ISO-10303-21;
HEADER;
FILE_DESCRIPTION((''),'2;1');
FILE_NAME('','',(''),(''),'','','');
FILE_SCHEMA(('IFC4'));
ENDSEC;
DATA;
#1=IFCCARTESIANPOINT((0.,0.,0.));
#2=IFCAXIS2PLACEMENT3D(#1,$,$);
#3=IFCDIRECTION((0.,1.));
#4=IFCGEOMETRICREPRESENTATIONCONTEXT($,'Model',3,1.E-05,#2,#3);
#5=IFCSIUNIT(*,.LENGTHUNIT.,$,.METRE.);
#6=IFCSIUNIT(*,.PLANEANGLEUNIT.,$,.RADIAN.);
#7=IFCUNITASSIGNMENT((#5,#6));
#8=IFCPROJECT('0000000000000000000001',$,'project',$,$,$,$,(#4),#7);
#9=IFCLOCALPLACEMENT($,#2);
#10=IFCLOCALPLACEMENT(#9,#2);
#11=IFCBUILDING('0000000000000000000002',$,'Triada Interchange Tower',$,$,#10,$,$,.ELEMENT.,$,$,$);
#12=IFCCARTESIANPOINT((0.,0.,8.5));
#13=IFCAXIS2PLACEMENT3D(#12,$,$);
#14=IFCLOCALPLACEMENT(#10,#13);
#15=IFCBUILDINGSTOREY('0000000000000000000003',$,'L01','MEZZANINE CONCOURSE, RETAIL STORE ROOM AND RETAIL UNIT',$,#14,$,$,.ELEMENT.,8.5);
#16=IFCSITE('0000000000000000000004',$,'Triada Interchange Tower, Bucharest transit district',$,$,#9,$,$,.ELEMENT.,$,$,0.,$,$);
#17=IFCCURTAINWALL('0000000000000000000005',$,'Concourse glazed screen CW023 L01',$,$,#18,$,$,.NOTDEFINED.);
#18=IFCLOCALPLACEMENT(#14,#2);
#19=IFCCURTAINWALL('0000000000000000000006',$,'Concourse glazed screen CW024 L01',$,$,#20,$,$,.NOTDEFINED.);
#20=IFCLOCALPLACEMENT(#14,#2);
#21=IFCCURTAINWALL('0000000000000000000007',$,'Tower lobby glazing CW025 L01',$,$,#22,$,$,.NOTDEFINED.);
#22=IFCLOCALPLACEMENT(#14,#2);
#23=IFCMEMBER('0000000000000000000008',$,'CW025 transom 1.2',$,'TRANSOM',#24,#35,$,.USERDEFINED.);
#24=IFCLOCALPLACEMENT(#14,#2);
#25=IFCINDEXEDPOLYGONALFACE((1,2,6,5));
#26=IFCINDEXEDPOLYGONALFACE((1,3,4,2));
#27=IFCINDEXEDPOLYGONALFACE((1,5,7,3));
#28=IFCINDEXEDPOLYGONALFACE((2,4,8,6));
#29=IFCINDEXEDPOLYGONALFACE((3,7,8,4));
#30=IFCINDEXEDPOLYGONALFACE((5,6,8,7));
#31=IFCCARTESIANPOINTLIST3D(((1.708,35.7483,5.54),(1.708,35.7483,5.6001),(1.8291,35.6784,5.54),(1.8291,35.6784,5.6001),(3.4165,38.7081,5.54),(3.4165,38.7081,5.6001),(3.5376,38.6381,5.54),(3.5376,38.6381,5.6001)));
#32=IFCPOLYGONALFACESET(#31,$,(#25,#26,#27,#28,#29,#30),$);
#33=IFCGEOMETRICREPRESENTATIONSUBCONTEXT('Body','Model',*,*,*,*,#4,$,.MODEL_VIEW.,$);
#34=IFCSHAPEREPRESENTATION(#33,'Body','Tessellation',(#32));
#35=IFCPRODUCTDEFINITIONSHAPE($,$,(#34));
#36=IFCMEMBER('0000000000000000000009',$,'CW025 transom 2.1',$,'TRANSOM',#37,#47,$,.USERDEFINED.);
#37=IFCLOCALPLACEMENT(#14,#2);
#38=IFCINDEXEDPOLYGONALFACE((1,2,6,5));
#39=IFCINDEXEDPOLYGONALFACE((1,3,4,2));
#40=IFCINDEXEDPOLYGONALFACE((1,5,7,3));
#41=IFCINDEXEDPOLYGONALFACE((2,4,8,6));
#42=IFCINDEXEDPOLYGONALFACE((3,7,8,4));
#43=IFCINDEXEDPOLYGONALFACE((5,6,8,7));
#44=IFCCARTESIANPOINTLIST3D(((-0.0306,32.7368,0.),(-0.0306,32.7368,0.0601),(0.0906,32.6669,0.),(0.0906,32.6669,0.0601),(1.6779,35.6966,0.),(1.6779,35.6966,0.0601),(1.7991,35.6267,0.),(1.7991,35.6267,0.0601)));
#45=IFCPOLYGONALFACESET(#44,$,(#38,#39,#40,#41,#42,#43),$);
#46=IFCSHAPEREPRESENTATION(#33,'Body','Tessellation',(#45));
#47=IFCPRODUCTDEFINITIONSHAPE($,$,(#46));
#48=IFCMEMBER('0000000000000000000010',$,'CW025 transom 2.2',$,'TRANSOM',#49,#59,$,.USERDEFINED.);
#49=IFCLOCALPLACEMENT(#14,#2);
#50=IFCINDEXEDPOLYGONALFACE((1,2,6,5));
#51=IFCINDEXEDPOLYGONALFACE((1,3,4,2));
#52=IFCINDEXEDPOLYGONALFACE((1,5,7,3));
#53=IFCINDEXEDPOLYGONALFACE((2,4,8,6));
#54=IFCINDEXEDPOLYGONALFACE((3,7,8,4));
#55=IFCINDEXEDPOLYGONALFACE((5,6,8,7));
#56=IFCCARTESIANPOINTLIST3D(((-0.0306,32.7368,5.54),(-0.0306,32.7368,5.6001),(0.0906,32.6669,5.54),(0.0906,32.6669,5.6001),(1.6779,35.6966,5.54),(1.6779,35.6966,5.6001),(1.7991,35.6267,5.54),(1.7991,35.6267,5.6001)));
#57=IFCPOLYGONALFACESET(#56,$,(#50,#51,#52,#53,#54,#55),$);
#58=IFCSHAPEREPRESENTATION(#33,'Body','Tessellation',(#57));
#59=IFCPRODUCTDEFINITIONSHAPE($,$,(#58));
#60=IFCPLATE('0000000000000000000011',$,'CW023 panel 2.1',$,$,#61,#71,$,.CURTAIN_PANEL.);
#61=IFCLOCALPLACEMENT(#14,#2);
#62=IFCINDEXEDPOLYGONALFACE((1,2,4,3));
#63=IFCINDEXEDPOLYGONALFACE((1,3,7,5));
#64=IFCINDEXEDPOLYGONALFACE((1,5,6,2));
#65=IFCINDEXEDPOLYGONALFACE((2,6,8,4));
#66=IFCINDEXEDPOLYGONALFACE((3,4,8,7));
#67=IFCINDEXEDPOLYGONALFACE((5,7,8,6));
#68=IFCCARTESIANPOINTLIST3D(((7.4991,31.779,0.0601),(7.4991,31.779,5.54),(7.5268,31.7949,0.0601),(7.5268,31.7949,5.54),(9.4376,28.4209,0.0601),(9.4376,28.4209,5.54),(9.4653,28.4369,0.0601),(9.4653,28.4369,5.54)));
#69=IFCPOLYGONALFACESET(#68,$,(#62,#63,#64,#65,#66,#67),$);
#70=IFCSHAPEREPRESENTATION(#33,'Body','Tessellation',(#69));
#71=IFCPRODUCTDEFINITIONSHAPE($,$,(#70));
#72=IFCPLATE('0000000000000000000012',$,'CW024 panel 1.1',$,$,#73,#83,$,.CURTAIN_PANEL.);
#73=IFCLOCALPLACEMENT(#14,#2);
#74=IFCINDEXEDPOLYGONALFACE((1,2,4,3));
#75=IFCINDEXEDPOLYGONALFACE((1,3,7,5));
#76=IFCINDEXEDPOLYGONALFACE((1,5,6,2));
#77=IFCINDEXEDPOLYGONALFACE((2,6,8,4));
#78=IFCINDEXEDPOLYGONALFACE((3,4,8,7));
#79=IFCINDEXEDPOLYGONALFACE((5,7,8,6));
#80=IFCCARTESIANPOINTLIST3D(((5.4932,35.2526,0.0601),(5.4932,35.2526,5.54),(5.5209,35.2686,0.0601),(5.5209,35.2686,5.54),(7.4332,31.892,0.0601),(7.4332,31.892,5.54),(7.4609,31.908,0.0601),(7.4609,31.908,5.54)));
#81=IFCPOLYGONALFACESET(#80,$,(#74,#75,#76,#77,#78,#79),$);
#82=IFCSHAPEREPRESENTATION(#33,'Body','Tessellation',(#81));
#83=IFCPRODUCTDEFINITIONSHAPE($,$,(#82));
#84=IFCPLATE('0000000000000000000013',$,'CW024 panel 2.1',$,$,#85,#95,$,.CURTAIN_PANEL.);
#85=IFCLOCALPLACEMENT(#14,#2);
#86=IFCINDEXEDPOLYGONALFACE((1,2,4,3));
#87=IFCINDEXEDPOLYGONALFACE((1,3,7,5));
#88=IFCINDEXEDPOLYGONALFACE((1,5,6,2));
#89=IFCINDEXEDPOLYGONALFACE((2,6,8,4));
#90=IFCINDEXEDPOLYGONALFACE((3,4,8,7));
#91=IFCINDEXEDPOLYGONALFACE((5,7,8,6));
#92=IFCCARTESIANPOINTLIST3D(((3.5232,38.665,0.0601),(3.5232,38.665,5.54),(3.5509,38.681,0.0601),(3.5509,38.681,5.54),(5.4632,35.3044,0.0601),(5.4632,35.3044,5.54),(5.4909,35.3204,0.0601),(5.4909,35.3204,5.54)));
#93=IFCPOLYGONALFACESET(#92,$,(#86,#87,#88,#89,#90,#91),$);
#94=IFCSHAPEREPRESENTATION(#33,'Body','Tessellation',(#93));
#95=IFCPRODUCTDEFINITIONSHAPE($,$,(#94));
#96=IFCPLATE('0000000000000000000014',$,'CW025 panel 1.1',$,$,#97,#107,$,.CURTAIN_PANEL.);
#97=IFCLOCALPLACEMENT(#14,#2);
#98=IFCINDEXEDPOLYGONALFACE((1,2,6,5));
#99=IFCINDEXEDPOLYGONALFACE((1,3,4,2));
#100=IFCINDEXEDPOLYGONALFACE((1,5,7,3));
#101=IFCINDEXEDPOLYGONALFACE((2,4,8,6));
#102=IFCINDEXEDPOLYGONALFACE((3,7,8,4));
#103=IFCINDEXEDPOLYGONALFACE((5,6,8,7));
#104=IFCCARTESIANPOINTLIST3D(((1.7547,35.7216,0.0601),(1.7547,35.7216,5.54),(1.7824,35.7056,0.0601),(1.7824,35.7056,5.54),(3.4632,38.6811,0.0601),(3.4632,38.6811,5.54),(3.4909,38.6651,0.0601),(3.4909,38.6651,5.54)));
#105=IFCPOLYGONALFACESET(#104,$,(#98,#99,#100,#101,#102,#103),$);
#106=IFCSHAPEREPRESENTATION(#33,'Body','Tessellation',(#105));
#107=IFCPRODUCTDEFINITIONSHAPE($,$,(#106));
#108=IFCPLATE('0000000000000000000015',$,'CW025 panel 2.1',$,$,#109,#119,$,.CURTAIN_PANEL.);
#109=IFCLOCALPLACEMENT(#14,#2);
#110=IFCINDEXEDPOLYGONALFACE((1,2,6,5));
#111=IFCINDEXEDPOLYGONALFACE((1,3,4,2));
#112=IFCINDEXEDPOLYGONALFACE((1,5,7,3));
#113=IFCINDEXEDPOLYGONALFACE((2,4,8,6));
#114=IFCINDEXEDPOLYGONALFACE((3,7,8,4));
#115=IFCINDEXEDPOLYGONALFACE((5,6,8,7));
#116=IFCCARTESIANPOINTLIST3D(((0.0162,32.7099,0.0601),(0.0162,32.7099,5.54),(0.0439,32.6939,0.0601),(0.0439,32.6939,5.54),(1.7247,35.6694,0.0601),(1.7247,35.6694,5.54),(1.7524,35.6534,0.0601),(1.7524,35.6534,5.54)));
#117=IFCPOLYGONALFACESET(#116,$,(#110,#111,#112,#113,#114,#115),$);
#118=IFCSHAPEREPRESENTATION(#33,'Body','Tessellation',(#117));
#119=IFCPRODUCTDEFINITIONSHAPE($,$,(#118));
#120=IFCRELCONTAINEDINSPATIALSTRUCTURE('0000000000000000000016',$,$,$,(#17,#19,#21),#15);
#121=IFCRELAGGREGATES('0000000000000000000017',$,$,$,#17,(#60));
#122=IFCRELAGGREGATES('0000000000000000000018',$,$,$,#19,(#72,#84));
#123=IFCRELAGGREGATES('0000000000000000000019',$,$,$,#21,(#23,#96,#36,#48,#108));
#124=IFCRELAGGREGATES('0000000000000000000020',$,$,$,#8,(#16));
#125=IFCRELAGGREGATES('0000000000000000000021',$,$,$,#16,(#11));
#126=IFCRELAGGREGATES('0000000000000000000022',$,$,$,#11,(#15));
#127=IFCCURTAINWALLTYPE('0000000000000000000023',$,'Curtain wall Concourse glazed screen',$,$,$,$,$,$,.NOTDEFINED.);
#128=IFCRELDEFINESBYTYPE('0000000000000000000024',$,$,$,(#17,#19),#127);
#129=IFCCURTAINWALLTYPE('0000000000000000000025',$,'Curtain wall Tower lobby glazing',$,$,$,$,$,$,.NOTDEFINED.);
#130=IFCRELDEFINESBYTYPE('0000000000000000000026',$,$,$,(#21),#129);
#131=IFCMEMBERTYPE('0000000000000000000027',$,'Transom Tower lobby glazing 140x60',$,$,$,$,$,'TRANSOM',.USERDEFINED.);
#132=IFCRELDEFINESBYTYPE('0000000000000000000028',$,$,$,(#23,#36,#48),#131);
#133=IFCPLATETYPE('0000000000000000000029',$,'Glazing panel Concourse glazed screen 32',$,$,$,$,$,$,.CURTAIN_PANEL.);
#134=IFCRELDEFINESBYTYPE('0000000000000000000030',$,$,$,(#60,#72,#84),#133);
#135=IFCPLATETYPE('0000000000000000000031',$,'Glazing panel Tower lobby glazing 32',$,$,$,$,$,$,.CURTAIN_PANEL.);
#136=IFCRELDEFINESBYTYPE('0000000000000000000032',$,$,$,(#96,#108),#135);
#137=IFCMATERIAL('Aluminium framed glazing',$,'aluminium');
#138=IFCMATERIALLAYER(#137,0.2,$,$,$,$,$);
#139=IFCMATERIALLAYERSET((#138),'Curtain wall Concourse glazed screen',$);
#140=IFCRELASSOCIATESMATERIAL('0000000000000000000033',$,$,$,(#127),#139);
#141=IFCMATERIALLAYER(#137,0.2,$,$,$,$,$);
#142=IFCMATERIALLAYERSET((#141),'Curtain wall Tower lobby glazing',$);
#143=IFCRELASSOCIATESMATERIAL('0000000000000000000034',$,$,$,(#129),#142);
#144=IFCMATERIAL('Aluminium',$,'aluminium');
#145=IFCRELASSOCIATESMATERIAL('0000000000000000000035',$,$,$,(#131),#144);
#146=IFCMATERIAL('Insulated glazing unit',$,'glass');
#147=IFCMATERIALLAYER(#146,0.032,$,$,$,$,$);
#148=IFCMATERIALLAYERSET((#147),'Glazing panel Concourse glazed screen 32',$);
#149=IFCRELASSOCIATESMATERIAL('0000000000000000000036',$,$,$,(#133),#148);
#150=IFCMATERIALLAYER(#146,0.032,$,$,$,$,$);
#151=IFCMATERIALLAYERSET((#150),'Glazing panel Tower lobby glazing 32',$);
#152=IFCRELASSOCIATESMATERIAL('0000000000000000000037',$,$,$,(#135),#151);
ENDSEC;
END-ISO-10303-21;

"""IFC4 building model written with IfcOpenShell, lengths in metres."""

from ifc_helpers import new_model, si_unit, direction, frame, origin, origin_2d, place, context, subcontext, project, spatial, rectangle, extrude, material, layer, layer_set, material_profile, profile_set, type_object, element, aggregate, save


model = new_model("IFC4")

# Units and contexts
model_context = context("Model", 3, precision=1e-05, world=origin(), true_north=direction((0.0, 1.0)))
body_context = subcontext(model_context, "Body", "Model", "MODEL_VIEW")
ifc_project = project(units=[si_unit("LENGTHUNIT", "METRE"), si_unit("PLANEANGLEUNIT", "RADIAN")], contexts=[model_context])

# Site, building, storey
site_placement = place(None, origin())
site = spatial("IfcSite", under=ifc_project, at=site_placement, Name="Triada Interchange Tower, Bucharest transit district", CompositionType="ELEMENT", RefElevation=0.0)
building_placement = place(site_placement, origin())
building = spatial("IfcBuilding", under=site, at=building_placement, Name="Triada Interchange Tower", CompositionType="ELEMENT")
storey_placement = place(building_placement, frame((0.0, 0.0, 8.5)))
storey = spatial("IfcBuildingStorey", under=building, at=storey_placement, Name="L01", Description="MEZZANINE CONCOURSE, RETAIL STORE ROOM AND RETAIL UNIT", CompositionType="ELEMENT", Elevation=8.5)

# Curtain wall
ifc_material_1 = material(Name="Aluminium framed glazing", Category="aluminium")
ifc_layer_1 = layer(ifc_material_1, 0.2)
ifc_layer_set_1 = layer_set([ifc_layer_1], Name="Curtain wall Concourse glazed screen")
curtain_wall_type_1 = type_object("IfcCurtainWallType", Name="Curtain wall Concourse glazed screen", PredefinedType="NOTDEFINED", material=ifc_layer_set_1)
curtain_wall_1_placement = place(storey_placement, origin())
curtain_wall_1 = element("IfcCurtainWall", 1, at=curtain_wall_1_placement, inside=storey, type_object=curtain_wall_type_1, Name="Concourse glazed screen CW023 L01", PredefinedType="NOTDEFINED")
ifc_material_2 = material(Name="Aluminium", Category="aluminium")

# Curtain walls
curtain_wall_2_placement = place(storey_placement, origin())
curtain_wall_2 = element("IfcCurtainWall", 2, at=curtain_wall_2_placement, inside=storey, type_object=curtain_wall_type_1, Name="Concourse glazed screen CW024 L01", PredefinedType="NOTDEFINED")
ifc_layer_2 = layer(ifc_material_1, 0.2)
ifc_layer_set_2 = layer_set([ifc_layer_2], Name="Curtain wall Tower lobby glazing")
curtain_wall_type_2 = type_object("IfcCurtainWallType", Name="Curtain wall Tower lobby glazing", PredefinedType="NOTDEFINED", material=ifc_layer_set_2)
curtain_wall_3_placement = place(storey_placement, origin())
curtain_wall_3 = element("IfcCurtainWall", 3, at=curtain_wall_3_placement, inside=storey, type_object=curtain_wall_type_2, Name="Tower lobby glazing CW025 L01", PredefinedType="NOTDEFINED")

# Members
ifc_material_profile_1 = material_profile(ifc_material_2, rectangle(XDim=0.1399, YDim=0.0601, at=origin_2d()), Name="Aluminium transom")
ifc_profile_set_1 = profile_set([ifc_material_profile_1], Name="Aluminium")
member_type_1 = type_object("IfcMemberType", Name="Transom Tower lobby glazing 140x60", ElementType="TRANSOM", PredefinedType="USERDEFINED", material=ifc_profile_set_1)
member_1_placement = place(storey_placement, frame((3.4771, 38.6731, 5.5701), z_axis=(-0.499935, -0.866063, 0.0), x_axis=(0.866063, -0.499935, 0.0)))
member_1 = element("IfcMember", 4, at=member_1_placement, type_object=member_type_1, Name="CW025 transom 1.2", ObjectType="TRANSOM", PredefinedType="USERDEFINED", context=body_context, shape_type="SweptSolid", body=[
    extrude(rectangle(XDim=0.1399, YDim=0.0601, at=origin_2d()), origin(), (0.0, 0.0, 1.0), 3.4175),
])
member_2_placement = place(storey_placement, frame((1.7385, 35.6616, 0.03), z_axis=(-0.499935, -0.866063, 0.0), x_axis=(0.866063, -0.499935, 0.0)))
member_2 = element("IfcMember", 5, at=member_2_placement, type_object=member_type_1, Name="CW025 transom 2.1", ObjectType="TRANSOM", PredefinedType="USERDEFINED", context=body_context, shape_type="SweptSolid", body=[
    extrude(rectangle(XDim=0.1399, YDim=0.0601, at=origin_2d()), origin(), (0.0, 0.0, 1.0), 3.4175),
])
member_3_placement = place(storey_placement, frame((1.7385, 35.6616, 5.5701), z_axis=(-0.499935, -0.866063, 0.0), x_axis=(0.866063, -0.499935, 0.0)))
member_3 = element("IfcMember", 6, at=member_3_placement, type_object=member_type_1, Name="CW025 transom 2.2", ObjectType="TRANSOM", PredefinedType="USERDEFINED", context=body_context, shape_type="SweptSolid", body=[
    extrude(rectangle(XDim=0.1399, YDim=0.0601, at=origin_2d()), origin(), (0.0, 0.0, 1.0), 3.4175),
])

# Plates
ifc_material_3 = material(Name="Insulated glazing unit", Category="glass")
ifc_layer_3 = layer(ifc_material_3, 0.032)
ifc_layer_set_3 = layer_set([ifc_layer_3], Name="Glazing panel Concourse glazed screen 32")
plate_type_1 = type_object("IfcPlateType", Name="Glazing panel Concourse glazed screen 32", PredefinedType="CURTAIN_PANEL", material=ifc_layer_set_3)
plate_1_placement = place(storey_placement, frame((8.4822, 30.1079, 0.0601), z_axis=(0.0, 0.0, 1.0), x_axis=(-0.499948, 0.866055, 0.0)))
plate_1 = element("IfcPlate", 7, at=plate_1_placement, type_object=plate_type_1, Name="CW023 panel 2.1", PredefinedType="CURTAIN_PANEL", context=body_context, shape_type="SweptSolid", body=[
    extrude(rectangle(XDim=3.8774, YDim=0.032, at=origin_2d()), origin(), (0.0, 0.0, 1.0), 5.48),
])
aggregate(curtain_wall_1, [plate_1])
plate_2_placement = place(storey_placement, frame((6.4771, 33.5803, 0.0601), z_axis=(0.0, 0.0, 1.0), x_axis=(-0.499959, 0.866049, 0.0)))
plate_2 = element("IfcPlate", 8, at=plate_2_placement, type_object=plate_type_1, Name="CW024 panel 1.1", PredefinedType="CURTAIN_PANEL", context=body_context, shape_type="SweptSolid", body=[
    extrude(rectangle(XDim=3.8804, YDim=0.032, at=origin_2d()), origin(), (0.0, 0.0, 1.0), 5.48),
])
plate_3_placement = place(storey_placement, frame((4.5071, 36.9927, 0.0601), z_axis=(0.0, 0.0, 1.0), x_axis=(-0.499959, 0.866049, 0.0)))
plate_3 = element("IfcPlate", 9, at=plate_3_placement, type_object=plate_type_1, Name="CW024 panel 2.1", PredefinedType="CURTAIN_PANEL", context=body_context, shape_type="SweptSolid", body=[
    extrude(rectangle(XDim=3.8804, YDim=0.032, at=origin_2d()), origin(), (0.0, 0.0, 1.0), 5.48),
])
aggregate(curtain_wall_2, [plate_2, plate_3])
ifc_layer_4 = layer(ifc_material_3, 0.032)
ifc_layer_set_4 = layer_set([ifc_layer_4], Name="Glazing panel Tower lobby glazing 32")
plate_type_2 = type_object("IfcPlateType", Name="Glazing panel Tower lobby glazing 32", PredefinedType="CURTAIN_PANEL", material=ifc_layer_set_4)
plate_4_placement = place(storey_placement, frame((2.6228, 37.1934, 0.0601), z_axis=(0.0, 0.0, 1.0), x_axis=(-0.499957, -0.86605, 0.0)))
plate_4 = element("IfcPlate", 10, at=plate_4_placement, type_object=plate_type_2, Name="CW025 panel 1.1", PredefinedType="CURTAIN_PANEL", context=body_context, shape_type="SweptSolid", body=[
    extrude(rectangle(XDim=3.4172, YDim=0.032, at=origin_2d()), origin(), (0.0, 0.0, 1.0), 5.48),
])
plate_5_placement = place(storey_placement, frame((0.8843, 34.1816, 0.0601), z_axis=(0.0, 0.0, 1.0), x_axis=(-0.499957, -0.86605, 0.0)))
plate_5 = element("IfcPlate", 11, at=plate_5_placement, type_object=plate_type_2, Name="CW025 panel 2.1", PredefinedType="CURTAIN_PANEL", context=body_context, shape_type="SweptSolid", body=[
    extrude(rectangle(XDim=3.4172, YDim=0.032, at=origin_2d()), origin(), (0.0, 0.0, 1.0), 5.48),
])
aggregate(curtain_wall_3, [member_1, plate_4, member_2, member_3, plate_5])

save(model, "model.ifc")
